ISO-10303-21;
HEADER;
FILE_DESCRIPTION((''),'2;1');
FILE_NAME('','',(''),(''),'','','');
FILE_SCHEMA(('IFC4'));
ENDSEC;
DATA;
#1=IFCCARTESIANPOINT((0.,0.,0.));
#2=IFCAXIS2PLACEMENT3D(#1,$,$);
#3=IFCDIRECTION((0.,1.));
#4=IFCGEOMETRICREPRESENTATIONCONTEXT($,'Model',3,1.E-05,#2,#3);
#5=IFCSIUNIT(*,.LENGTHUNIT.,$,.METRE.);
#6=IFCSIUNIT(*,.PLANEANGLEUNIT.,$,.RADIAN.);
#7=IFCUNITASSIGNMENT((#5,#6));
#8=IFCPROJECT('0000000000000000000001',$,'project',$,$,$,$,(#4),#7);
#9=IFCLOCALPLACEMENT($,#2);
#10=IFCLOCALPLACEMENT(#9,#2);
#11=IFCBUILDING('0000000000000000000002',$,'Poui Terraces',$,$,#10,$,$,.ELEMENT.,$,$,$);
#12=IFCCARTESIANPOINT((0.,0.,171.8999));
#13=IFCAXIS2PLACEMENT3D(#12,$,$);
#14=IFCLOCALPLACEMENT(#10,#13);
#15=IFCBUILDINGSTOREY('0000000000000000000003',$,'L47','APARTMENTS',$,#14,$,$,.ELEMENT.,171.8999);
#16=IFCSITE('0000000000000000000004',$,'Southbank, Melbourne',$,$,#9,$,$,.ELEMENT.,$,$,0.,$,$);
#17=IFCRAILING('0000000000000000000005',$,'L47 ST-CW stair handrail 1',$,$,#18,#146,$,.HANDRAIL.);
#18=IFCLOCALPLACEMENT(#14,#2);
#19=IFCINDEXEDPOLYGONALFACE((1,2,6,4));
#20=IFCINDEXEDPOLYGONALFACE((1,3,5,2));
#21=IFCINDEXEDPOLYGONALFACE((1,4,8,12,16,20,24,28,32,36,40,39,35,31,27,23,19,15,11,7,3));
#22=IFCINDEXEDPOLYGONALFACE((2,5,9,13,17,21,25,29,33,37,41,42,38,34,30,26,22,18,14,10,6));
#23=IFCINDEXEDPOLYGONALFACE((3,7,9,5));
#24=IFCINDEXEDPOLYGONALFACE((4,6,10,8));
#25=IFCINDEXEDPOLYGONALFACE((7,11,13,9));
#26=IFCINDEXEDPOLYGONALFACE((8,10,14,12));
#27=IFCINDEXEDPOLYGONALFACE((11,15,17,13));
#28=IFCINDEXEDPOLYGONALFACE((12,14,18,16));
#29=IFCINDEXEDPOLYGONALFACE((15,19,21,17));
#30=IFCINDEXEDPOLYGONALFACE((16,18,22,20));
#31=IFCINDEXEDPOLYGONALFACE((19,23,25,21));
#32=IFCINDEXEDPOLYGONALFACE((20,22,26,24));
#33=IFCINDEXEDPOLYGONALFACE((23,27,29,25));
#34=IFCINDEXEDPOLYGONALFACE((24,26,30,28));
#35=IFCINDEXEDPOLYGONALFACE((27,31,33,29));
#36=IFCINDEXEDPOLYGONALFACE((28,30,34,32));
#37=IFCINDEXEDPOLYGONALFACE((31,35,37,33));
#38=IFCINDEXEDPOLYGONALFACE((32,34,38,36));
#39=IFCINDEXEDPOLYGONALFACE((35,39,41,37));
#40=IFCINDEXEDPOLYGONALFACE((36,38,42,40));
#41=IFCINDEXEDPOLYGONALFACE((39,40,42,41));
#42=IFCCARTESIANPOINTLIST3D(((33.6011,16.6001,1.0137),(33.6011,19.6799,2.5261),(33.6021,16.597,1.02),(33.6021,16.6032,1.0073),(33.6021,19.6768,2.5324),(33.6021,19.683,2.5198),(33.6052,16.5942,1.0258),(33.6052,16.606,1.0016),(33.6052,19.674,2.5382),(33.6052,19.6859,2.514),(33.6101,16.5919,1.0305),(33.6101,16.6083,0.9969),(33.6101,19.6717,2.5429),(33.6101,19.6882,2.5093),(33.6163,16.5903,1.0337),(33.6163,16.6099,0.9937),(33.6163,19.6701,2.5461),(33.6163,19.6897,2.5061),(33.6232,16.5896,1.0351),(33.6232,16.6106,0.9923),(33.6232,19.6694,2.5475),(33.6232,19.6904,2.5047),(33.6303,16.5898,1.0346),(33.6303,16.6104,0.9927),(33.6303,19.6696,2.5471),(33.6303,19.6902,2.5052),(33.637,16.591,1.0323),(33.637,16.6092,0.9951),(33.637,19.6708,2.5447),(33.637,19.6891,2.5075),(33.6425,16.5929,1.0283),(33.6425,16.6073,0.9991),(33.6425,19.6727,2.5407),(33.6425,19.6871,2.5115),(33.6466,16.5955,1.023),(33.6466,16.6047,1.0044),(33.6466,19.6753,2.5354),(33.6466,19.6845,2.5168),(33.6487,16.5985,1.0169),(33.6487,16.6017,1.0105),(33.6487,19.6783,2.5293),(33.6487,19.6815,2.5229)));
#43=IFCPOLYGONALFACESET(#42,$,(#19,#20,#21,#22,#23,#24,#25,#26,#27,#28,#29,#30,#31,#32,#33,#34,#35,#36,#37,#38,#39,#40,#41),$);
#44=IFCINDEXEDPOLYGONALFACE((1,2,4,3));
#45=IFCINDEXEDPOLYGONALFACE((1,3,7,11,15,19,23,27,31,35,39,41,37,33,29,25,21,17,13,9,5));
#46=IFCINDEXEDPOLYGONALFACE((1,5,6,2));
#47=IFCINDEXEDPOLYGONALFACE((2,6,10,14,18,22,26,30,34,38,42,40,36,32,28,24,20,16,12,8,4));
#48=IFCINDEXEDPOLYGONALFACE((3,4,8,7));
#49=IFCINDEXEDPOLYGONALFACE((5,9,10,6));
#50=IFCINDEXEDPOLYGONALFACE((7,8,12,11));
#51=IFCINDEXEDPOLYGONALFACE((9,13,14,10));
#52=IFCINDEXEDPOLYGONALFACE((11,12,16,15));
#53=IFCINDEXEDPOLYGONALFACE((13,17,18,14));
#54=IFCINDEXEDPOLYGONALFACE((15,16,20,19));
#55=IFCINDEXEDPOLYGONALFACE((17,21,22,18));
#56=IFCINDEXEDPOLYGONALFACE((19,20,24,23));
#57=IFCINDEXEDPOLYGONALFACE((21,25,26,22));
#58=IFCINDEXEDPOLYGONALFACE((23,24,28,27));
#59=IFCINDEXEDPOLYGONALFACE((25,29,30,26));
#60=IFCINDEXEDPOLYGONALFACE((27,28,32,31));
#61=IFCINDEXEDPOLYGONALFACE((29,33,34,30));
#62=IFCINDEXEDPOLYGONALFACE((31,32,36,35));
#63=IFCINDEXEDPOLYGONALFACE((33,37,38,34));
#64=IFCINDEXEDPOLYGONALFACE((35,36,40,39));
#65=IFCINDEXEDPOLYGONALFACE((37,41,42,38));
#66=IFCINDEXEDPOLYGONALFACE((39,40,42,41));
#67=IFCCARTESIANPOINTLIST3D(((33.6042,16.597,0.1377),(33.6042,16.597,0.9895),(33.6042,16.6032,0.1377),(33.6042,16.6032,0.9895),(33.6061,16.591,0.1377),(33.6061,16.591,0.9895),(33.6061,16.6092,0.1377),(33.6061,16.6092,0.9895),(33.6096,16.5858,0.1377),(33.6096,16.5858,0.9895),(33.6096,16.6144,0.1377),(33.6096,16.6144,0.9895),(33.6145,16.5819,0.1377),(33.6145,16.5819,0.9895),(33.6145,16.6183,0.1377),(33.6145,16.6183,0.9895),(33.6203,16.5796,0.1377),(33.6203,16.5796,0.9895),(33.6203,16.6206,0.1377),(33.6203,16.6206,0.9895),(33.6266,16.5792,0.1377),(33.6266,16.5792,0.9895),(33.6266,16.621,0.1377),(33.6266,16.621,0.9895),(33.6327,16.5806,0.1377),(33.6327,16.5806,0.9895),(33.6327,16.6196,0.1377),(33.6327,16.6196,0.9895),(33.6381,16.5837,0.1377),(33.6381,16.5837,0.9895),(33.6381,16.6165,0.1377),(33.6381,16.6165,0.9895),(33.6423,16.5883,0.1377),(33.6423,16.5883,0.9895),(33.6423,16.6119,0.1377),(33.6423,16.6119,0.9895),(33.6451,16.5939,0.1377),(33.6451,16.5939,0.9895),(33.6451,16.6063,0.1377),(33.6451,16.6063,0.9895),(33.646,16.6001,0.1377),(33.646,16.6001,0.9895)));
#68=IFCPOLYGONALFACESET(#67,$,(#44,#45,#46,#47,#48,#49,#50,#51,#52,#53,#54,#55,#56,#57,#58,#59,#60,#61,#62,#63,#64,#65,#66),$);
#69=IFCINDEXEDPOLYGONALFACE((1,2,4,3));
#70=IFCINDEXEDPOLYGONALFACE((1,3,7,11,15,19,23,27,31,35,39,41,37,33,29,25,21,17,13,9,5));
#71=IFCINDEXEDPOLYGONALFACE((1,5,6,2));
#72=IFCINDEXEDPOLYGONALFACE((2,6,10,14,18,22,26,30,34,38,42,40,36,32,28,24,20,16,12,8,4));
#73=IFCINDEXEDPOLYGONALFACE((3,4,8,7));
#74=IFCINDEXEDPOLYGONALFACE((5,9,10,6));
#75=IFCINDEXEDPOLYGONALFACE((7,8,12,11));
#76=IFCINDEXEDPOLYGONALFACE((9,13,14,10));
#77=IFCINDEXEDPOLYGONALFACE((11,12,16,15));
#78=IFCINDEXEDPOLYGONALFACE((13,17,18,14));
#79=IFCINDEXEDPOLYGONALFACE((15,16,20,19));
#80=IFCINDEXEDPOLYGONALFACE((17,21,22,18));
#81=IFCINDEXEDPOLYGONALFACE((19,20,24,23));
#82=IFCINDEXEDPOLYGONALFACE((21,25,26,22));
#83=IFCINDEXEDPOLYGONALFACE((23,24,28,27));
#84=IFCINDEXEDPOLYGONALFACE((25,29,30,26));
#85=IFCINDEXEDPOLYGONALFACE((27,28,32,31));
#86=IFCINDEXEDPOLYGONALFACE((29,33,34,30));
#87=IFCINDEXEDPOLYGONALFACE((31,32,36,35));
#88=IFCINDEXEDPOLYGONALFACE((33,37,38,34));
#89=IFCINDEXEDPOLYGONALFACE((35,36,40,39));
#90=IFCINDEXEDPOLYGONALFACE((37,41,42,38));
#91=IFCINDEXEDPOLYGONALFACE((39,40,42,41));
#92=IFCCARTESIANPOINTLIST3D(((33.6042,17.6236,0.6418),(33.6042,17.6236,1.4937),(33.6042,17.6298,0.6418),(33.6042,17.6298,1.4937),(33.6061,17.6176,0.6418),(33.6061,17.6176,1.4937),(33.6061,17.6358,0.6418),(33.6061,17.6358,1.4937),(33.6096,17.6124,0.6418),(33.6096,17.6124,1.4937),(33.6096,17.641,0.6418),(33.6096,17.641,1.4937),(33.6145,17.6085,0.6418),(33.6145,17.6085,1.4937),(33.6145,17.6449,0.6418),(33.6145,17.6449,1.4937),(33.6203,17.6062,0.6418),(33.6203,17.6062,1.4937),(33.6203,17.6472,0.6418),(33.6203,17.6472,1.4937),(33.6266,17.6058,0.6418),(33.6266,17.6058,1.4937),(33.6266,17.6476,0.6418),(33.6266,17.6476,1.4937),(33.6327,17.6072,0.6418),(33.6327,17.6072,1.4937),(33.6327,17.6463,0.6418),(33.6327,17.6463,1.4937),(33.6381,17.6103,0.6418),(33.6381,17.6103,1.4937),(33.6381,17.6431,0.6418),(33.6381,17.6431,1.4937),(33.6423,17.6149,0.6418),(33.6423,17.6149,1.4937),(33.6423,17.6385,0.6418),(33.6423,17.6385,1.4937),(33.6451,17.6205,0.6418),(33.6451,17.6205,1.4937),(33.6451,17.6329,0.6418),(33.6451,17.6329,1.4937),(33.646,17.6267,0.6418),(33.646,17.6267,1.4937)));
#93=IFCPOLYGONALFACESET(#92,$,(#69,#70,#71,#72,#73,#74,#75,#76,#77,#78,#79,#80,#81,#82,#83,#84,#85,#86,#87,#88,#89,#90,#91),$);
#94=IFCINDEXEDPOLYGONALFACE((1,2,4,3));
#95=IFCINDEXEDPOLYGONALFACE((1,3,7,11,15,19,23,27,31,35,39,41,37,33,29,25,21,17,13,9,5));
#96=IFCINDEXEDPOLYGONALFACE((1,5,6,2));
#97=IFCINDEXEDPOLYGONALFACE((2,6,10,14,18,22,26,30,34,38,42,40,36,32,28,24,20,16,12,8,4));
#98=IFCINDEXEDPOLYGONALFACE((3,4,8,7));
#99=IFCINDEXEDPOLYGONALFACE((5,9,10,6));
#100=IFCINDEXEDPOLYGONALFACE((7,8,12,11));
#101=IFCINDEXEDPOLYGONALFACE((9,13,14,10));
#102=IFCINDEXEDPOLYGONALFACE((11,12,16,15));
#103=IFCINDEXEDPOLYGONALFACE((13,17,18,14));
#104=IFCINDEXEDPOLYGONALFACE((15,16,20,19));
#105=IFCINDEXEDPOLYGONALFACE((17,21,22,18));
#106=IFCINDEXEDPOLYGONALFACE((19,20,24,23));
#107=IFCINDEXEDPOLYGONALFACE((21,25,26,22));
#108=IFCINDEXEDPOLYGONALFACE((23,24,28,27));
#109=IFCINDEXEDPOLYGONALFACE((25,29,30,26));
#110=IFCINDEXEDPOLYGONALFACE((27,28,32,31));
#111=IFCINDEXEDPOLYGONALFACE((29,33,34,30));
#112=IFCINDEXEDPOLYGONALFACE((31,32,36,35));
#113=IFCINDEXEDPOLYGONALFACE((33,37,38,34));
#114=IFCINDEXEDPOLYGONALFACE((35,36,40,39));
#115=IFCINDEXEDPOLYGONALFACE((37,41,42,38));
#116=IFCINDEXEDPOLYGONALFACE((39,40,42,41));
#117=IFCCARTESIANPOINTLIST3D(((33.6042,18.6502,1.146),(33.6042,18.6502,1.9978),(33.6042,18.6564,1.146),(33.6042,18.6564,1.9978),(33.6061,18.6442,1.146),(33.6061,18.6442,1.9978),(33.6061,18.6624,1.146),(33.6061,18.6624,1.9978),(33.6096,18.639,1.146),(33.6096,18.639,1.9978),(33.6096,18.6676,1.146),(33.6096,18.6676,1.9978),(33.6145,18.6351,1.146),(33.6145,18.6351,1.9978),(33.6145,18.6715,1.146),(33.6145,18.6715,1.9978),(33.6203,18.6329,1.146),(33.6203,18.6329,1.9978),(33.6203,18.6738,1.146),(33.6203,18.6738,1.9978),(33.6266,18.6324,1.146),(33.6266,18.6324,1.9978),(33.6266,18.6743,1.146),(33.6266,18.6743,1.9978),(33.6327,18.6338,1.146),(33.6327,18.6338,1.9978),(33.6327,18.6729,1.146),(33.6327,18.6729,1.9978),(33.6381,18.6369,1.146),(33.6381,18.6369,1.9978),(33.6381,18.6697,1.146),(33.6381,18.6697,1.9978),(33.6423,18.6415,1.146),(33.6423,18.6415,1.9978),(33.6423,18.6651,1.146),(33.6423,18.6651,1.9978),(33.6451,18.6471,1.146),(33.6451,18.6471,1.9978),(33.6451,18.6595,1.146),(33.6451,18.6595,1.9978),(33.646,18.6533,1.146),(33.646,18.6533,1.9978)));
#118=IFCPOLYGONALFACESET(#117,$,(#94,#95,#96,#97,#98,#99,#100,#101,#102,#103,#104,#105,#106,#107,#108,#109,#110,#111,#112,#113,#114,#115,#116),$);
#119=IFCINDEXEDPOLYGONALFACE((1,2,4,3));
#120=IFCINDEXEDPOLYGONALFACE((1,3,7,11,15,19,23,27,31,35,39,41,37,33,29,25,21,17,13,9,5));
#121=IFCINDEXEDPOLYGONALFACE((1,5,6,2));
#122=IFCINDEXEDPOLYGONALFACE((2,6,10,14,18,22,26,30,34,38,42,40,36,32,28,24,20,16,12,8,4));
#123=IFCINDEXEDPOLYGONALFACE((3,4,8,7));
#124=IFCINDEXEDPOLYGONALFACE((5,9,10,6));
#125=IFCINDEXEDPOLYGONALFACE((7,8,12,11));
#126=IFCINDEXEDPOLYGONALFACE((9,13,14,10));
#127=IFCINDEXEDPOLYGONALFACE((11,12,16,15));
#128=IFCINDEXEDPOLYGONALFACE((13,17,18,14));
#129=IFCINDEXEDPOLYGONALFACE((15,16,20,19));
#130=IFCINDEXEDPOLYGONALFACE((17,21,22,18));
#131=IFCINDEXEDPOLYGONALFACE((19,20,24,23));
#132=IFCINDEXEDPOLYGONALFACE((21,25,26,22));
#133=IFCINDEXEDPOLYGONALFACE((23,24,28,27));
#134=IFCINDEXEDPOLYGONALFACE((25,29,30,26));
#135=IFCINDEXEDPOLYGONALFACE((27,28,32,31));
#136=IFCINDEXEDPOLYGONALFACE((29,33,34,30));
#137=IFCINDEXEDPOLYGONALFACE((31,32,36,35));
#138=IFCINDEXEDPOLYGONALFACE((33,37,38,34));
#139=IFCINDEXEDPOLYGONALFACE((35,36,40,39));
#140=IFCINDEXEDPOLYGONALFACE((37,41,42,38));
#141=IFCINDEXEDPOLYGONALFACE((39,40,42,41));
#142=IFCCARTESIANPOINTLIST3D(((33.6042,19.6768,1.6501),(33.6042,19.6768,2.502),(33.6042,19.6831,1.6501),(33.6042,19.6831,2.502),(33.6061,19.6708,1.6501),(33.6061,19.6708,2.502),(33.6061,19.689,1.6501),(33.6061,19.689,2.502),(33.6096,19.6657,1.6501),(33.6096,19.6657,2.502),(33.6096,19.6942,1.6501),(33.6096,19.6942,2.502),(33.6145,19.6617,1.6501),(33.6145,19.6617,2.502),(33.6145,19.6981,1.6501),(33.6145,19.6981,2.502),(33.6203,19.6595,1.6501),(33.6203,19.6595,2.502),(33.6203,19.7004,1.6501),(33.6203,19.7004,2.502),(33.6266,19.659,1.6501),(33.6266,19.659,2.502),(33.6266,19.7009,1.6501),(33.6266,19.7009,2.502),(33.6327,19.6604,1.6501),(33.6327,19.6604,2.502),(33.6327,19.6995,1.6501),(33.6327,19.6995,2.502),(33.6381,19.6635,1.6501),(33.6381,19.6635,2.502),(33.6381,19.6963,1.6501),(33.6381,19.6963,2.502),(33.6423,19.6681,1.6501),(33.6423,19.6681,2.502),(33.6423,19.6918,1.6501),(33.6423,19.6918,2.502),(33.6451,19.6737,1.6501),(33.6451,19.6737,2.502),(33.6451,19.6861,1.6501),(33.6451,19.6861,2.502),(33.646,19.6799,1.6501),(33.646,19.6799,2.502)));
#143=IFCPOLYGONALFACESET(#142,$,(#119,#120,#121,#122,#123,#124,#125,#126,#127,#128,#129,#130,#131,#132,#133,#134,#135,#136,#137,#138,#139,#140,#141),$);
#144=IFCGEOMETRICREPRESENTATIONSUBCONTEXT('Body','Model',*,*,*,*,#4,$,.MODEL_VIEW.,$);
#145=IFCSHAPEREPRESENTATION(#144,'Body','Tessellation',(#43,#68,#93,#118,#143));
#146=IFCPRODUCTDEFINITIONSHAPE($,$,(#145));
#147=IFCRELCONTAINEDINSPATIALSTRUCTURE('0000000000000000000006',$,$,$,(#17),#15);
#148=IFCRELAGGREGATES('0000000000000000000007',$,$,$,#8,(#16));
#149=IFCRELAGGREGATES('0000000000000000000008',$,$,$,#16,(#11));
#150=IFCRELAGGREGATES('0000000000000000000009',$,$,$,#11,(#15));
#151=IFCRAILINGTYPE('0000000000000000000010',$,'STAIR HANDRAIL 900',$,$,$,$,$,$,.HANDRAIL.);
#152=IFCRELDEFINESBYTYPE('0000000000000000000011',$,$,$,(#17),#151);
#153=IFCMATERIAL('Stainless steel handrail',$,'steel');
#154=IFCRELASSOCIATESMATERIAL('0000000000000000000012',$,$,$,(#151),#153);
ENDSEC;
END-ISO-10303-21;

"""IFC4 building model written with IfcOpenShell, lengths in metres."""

from ifc_helpers import new_model, si_unit, direction, frame, origin, origin_2d, place, context, subcontext, project, spatial, circle, extrude, material, type_object, element, save


model = new_model("IFC4")

# Units and contexts
model_context = context("Model", 3, precision=1e-05, world=origin(), true_north=direction((0.0, 1.0)))
body_context = subcontext(model_context, "Body", "Model", "MODEL_VIEW")
ifc_project = project(units=[si_unit("LENGTHUNIT", "METRE"), si_unit("PLANEANGLEUNIT", "RADIAN")], contexts=[model_context])

# Site, building, storey
site_placement = place(None, origin())
site = spatial("IfcSite", under=ifc_project, at=site_placement, Name="Southbank, Melbourne", CompositionType="ELEMENT", RefElevation=0.0)
building_placement = place(site_placement, origin())
building = spatial("IfcBuilding", under=site, at=building_placement, Name="Poui Terraces", CompositionType="ELEMENT")
storey_placement = place(building_placement, frame((0.0, 0.0, 171.8999)))
storey = spatial("IfcBuildingStorey", under=building, at=storey_placement, Name="L47", Description="APARTMENTS", CompositionType="ELEMENT", Elevation=171.8999)

# Railing
ifc_material_1 = material(Name="Stainless steel handrail", Category="steel")
railing_type_1 = type_object("IfcRailingType", Name="STAIR HANDRAIL 900", PredefinedType="HANDRAIL", material=ifc_material_1)
railing_1_placement = place(storey_placement, frame((33.625, 16.6001, 0.1377)))
element("IfcRailing", 1, at=railing_1_placement, inside=storey, type_object=railing_type_1, Name="L47 ST-CW stair handrail 1", PredefinedType="HANDRAIL", context=body_context, shape_type="SweptSolid", body=[
    extrude(circle(Radius=0.0239, at=origin_2d()), frame((0.0, 0.0, 0.876), z_axis=(0.0, 0.897606, 0.440798), x_axis=(-1.0, 0.0, 0.0)), (0.0, 0.0, 1.0), 3.4312),
    extrude(circle(Radius=0.021, at=origin_2d()), origin(), (0.0, 0.0, 1.0), 0.8518),
    extrude(circle(Radius=0.021, at=origin_2d()), frame((0.0, 1.0266, 0.5042)), (0.0, 0.0, 1.0), 0.8518),
    extrude(circle(Radius=0.021, at=origin_2d()), frame((0.0, 2.0532, 1.0083)), (0.0, 0.0, 1.0), 0.8518),
    extrude(circle(Radius=0.021, at=origin_2d()), frame((0.0, 3.0798, 1.5125)), (0.0, 0.0, 1.0), 0.8518),
])

save(model, "model.ifc")
